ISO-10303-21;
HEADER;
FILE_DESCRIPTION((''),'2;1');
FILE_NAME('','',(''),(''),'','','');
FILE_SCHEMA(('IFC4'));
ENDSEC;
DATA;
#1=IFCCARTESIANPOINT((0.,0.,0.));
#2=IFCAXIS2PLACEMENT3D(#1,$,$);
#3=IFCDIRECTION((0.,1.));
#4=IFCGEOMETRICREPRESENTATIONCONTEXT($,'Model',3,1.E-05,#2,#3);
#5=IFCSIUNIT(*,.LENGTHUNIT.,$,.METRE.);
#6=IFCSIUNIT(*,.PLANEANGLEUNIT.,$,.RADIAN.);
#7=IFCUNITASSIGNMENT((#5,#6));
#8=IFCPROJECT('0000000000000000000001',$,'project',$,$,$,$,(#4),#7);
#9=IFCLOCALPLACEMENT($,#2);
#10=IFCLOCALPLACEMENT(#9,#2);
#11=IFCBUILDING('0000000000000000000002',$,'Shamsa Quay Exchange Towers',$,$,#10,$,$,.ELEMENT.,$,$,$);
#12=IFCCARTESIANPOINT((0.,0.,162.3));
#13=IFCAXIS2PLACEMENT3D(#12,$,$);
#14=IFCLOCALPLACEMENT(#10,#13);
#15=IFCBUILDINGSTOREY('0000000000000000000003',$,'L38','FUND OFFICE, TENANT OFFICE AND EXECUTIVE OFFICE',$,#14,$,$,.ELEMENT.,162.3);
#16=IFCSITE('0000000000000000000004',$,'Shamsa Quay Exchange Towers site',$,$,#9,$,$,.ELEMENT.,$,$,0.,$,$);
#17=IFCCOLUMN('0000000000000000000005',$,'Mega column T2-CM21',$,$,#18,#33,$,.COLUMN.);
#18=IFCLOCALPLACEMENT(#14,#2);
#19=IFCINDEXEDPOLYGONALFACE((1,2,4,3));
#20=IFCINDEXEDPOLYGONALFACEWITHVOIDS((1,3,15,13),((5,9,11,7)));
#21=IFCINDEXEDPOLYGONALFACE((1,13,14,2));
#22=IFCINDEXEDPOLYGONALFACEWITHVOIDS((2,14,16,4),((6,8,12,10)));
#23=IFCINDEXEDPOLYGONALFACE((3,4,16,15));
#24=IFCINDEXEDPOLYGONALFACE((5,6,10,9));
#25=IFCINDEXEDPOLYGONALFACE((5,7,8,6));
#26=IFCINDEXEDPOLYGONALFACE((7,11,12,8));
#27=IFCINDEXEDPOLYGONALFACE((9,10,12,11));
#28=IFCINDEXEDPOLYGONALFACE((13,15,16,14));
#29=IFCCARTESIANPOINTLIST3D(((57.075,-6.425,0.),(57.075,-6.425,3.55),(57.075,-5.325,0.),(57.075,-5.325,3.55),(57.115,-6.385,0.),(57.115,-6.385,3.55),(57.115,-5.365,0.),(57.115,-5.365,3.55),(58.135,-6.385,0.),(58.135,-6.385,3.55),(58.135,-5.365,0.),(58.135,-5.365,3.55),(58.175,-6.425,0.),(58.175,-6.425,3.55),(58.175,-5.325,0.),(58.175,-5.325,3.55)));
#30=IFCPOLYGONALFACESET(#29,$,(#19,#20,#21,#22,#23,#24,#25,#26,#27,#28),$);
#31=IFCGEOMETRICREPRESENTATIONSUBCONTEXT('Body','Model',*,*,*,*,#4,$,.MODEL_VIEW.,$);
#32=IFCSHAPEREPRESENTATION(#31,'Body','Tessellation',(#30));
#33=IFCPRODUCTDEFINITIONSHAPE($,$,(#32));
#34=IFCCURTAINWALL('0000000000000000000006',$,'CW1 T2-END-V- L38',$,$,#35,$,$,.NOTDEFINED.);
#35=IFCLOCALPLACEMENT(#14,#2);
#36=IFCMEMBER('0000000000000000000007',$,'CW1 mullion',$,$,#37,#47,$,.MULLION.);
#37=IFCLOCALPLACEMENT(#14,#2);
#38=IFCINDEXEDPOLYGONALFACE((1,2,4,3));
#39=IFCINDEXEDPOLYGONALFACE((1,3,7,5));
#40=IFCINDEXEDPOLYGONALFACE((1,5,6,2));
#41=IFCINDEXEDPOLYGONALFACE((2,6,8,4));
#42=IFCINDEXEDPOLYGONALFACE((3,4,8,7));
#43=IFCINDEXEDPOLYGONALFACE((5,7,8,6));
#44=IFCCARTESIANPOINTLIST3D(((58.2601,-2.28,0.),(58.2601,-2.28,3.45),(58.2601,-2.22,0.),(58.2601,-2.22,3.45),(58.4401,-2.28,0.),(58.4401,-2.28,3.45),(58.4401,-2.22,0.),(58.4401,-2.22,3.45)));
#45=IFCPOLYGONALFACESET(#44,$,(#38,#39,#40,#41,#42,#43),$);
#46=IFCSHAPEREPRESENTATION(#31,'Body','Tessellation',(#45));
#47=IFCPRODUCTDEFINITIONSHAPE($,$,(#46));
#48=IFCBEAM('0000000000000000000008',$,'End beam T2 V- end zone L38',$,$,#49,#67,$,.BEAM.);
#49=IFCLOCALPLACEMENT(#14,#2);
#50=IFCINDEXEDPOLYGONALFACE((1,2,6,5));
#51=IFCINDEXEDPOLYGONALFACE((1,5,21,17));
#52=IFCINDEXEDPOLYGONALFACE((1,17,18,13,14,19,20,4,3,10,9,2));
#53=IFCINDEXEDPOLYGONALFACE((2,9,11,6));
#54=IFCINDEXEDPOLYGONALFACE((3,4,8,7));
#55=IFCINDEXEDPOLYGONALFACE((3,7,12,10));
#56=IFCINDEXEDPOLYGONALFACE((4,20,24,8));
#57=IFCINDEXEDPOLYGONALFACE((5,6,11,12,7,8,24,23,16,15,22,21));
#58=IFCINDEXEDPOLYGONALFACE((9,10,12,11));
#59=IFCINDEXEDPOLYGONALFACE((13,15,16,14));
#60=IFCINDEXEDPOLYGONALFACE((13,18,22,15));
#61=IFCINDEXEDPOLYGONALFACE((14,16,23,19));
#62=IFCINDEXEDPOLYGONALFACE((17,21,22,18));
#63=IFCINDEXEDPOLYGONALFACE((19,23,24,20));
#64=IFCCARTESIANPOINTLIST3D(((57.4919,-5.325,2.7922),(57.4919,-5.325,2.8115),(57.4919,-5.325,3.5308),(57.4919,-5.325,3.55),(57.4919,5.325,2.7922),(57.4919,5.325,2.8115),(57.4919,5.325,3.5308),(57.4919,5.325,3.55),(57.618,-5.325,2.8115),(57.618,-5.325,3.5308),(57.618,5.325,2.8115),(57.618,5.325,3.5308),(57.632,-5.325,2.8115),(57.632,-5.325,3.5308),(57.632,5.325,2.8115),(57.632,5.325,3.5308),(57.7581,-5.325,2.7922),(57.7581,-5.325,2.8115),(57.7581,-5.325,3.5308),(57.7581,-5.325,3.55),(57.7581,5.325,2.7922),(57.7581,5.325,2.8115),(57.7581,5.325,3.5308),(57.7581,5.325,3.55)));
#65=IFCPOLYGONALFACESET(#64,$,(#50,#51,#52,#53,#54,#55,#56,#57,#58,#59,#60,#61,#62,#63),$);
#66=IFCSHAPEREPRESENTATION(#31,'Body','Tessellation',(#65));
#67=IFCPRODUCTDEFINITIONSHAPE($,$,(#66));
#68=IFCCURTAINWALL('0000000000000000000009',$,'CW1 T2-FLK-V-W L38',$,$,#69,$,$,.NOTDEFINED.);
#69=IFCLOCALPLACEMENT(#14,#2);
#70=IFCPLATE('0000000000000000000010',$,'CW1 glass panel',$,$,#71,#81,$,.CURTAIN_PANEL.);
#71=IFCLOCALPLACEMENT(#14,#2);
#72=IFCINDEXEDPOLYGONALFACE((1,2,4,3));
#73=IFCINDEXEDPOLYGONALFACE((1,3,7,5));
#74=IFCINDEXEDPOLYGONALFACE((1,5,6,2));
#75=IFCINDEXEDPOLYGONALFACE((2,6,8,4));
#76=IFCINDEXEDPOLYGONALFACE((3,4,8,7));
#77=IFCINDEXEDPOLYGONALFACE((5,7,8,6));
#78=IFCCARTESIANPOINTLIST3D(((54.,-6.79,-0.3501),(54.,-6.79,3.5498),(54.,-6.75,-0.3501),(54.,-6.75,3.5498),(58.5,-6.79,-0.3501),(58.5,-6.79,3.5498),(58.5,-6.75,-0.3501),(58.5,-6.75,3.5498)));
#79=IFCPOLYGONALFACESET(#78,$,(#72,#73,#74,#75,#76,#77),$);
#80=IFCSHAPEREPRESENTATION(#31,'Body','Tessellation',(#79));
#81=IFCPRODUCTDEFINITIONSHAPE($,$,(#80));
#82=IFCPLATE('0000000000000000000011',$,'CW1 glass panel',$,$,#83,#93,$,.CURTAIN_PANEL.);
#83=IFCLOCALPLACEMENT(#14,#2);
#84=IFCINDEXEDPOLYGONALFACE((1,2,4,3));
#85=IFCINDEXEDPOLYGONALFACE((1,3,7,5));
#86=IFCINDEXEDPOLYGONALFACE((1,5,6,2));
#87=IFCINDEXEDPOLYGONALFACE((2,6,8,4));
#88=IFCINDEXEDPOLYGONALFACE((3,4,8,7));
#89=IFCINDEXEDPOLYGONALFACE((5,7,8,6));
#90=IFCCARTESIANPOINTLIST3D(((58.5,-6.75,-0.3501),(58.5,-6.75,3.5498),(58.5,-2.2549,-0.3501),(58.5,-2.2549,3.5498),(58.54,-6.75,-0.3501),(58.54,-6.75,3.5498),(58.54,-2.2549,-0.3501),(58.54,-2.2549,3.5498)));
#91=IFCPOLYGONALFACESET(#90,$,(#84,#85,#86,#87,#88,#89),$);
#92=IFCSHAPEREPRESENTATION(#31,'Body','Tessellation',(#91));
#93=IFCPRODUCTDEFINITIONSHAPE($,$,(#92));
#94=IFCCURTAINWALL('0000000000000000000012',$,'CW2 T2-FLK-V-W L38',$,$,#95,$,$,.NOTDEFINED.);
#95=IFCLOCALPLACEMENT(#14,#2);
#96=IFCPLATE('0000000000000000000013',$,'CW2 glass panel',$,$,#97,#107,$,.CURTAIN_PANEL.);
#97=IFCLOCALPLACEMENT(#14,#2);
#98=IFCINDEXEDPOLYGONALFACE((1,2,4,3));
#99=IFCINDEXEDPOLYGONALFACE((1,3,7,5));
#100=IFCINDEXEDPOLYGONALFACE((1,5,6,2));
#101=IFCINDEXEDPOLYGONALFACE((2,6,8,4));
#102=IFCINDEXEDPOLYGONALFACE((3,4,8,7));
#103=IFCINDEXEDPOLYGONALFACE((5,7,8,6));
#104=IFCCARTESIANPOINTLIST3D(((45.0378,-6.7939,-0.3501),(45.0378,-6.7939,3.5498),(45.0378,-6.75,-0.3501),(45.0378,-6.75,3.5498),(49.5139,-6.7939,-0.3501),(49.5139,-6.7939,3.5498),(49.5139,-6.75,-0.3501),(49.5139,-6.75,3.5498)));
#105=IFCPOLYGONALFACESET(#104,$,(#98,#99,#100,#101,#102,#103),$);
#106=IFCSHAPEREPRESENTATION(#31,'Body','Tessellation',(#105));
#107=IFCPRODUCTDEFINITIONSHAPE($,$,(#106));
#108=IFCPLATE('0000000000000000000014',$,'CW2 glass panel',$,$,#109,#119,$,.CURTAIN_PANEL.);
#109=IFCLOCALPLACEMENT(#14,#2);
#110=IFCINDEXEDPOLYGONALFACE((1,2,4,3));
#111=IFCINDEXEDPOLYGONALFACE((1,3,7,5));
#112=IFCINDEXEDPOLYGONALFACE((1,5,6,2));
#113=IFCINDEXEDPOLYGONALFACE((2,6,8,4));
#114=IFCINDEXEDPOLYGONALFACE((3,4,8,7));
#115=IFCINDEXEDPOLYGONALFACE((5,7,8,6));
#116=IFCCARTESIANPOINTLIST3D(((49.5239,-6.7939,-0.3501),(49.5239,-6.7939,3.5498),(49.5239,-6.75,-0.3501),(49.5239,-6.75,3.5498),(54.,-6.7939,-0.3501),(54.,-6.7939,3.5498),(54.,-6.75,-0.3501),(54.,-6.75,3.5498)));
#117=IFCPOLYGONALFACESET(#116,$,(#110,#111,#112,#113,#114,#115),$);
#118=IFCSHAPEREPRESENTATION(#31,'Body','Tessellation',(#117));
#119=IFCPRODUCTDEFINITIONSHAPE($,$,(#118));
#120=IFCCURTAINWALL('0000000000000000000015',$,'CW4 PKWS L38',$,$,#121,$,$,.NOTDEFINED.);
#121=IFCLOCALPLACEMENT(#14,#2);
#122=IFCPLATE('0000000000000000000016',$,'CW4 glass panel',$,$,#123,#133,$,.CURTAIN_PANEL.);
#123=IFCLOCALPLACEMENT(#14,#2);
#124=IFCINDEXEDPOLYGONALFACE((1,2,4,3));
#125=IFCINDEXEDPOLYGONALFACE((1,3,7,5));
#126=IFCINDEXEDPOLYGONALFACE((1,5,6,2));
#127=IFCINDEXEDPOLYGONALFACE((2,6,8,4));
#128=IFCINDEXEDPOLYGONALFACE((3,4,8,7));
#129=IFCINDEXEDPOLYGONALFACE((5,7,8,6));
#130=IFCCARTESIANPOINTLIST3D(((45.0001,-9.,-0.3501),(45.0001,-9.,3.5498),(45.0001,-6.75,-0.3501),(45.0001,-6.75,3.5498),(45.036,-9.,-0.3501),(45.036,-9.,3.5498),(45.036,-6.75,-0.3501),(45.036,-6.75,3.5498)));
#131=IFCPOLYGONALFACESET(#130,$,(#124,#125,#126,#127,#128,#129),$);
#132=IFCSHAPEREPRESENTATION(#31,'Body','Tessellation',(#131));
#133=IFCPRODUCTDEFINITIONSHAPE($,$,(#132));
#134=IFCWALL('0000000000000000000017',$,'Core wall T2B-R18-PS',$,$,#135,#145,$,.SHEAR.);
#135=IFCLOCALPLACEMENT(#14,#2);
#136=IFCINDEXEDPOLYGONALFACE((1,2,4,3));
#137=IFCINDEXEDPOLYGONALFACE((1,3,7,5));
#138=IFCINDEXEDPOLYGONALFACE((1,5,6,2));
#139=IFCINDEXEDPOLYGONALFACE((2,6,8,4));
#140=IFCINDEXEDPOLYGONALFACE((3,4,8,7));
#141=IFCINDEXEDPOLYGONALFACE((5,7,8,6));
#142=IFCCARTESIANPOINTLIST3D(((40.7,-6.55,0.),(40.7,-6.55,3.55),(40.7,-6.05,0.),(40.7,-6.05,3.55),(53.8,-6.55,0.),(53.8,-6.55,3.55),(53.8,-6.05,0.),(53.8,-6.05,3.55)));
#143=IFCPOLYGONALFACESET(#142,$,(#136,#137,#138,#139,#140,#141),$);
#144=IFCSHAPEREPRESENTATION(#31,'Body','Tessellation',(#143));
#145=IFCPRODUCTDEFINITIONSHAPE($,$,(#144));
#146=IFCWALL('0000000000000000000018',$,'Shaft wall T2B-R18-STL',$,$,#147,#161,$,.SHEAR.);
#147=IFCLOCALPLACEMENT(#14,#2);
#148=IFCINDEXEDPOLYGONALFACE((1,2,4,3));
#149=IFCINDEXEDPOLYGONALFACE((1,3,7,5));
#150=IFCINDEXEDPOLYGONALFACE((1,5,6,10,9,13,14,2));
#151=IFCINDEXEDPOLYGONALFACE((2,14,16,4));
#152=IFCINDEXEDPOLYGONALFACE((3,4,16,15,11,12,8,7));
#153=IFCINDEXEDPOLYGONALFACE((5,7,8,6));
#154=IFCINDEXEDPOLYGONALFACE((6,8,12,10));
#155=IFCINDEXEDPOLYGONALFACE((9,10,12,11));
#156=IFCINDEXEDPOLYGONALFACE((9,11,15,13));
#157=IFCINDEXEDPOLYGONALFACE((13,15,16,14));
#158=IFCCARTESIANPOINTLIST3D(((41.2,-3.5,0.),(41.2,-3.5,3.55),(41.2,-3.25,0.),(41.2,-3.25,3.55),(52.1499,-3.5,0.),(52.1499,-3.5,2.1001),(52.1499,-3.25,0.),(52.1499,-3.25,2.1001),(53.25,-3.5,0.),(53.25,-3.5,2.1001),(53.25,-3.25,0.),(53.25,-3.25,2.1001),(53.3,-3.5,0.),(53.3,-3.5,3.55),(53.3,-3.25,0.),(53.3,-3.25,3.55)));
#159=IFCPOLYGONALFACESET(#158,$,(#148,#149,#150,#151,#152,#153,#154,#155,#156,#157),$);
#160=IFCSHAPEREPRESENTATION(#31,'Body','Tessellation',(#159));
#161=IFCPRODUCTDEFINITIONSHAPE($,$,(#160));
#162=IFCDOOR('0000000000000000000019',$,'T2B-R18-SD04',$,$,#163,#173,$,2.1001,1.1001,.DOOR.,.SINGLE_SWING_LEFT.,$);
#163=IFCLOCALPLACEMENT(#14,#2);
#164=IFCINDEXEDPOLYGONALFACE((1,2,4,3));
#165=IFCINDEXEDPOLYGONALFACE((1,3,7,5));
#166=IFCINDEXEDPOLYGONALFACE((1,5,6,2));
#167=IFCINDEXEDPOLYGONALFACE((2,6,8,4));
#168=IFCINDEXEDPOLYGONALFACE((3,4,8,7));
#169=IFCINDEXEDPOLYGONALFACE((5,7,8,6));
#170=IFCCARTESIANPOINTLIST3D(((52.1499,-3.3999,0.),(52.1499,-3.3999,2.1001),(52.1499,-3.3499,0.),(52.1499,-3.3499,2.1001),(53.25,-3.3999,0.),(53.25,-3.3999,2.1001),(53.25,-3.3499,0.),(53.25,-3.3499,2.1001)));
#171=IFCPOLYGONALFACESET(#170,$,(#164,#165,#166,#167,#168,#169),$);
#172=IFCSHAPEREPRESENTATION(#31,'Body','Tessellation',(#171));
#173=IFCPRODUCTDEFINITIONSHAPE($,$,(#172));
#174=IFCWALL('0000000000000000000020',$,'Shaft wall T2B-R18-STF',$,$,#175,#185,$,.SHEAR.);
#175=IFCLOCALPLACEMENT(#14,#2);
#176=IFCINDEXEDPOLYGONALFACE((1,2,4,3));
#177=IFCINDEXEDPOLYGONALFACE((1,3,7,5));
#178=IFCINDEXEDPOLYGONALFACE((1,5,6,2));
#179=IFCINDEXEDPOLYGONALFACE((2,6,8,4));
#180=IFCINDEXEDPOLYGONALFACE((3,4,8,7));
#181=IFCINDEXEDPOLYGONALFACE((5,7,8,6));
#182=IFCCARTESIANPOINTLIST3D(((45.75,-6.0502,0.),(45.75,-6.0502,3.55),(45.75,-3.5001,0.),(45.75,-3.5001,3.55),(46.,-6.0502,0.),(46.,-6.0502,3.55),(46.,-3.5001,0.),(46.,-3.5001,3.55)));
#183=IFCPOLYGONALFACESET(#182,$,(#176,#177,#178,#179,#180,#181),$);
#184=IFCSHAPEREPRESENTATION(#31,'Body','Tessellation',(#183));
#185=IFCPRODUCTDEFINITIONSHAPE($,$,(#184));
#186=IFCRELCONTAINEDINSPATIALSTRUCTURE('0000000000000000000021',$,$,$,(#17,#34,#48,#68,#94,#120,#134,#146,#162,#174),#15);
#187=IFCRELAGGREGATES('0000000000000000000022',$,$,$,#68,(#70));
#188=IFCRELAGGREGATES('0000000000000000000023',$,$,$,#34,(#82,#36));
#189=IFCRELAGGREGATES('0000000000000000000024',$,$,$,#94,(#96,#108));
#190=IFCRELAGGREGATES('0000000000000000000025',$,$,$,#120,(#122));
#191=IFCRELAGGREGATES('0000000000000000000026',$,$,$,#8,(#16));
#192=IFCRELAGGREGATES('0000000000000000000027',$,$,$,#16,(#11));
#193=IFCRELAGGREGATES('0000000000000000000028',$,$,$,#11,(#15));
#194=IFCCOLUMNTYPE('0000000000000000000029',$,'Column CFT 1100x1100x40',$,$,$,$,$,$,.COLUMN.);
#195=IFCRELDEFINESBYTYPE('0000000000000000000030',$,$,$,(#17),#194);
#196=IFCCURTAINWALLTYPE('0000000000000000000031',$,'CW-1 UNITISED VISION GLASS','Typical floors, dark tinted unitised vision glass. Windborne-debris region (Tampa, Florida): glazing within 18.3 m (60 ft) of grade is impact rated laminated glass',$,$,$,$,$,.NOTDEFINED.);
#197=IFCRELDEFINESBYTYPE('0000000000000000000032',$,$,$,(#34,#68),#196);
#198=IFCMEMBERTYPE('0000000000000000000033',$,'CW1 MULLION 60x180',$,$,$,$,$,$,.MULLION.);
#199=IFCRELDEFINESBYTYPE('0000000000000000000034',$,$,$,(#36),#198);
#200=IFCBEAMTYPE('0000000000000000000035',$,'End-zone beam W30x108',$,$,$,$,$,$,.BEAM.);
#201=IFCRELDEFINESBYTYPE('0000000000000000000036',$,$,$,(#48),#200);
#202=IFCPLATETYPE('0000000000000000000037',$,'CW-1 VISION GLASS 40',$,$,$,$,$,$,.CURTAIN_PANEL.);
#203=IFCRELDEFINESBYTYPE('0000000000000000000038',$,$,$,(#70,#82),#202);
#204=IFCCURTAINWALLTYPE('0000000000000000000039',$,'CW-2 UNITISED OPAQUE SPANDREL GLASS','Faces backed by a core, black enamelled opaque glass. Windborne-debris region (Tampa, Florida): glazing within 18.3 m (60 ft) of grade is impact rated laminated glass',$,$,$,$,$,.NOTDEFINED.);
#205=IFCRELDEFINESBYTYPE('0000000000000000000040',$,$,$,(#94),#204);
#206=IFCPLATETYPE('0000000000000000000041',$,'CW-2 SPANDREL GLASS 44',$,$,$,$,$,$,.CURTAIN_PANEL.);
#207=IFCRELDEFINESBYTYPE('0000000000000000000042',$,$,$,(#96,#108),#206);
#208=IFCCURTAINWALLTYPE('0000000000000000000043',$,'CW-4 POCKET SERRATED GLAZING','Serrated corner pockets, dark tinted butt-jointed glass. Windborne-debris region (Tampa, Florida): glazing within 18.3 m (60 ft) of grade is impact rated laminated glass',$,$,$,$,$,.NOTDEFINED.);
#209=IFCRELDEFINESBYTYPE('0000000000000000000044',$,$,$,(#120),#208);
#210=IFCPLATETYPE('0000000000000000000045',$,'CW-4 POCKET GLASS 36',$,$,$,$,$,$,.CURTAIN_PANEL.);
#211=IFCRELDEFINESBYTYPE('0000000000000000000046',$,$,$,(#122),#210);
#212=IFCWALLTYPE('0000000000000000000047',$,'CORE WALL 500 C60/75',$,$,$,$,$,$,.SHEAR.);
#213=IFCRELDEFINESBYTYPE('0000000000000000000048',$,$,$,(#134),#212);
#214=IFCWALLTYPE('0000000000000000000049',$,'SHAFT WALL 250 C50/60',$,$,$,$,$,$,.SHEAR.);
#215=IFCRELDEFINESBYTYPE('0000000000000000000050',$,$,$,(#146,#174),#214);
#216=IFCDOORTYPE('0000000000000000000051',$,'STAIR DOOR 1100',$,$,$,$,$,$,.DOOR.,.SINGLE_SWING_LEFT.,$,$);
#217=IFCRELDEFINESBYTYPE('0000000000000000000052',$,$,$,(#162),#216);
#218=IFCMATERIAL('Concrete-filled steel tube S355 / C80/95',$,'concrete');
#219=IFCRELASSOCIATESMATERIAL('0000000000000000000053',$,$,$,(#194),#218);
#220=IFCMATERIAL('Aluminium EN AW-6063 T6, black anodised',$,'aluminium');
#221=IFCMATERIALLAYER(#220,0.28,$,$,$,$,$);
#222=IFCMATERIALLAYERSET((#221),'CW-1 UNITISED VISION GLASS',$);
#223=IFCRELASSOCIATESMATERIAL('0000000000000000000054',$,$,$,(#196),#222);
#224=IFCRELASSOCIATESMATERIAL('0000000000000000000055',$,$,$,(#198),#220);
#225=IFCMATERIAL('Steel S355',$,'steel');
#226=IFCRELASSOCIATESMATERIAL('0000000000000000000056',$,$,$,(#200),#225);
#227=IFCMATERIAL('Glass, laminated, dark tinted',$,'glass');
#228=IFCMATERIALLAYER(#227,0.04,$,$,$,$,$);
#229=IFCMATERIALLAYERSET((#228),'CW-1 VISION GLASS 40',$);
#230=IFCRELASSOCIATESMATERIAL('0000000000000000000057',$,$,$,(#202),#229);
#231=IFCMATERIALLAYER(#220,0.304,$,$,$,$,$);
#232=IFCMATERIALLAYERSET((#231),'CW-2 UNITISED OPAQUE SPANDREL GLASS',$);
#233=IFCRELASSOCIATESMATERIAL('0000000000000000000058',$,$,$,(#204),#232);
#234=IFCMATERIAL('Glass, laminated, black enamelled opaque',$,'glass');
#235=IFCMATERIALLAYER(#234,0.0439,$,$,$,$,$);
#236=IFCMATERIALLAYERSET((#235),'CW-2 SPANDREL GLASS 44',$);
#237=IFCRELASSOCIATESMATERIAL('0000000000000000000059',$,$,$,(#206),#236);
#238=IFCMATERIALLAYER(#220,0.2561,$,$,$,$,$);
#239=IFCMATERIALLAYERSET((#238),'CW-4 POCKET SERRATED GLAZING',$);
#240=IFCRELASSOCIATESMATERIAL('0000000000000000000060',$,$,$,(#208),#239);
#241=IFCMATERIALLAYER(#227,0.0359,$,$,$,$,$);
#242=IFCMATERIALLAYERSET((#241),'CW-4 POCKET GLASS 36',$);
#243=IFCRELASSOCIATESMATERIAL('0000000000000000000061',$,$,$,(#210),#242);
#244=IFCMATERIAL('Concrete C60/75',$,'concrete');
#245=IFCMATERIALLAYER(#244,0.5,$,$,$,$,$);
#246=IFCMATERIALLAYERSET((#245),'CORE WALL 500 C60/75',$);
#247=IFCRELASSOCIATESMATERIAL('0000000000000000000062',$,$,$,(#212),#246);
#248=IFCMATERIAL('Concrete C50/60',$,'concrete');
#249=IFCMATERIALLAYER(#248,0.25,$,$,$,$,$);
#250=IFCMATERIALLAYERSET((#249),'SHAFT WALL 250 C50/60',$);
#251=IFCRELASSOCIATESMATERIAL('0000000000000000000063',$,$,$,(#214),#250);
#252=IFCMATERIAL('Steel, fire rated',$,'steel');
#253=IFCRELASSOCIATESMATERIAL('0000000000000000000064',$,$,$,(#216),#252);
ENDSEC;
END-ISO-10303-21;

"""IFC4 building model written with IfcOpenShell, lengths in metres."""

from ifc_helpers import new_model, si_unit, direction, frame, frame_2d, origin, origin_2d, place, context, subcontext, project, spatial, rectangle, hollow_rectangle, i_section, extrude, material, layer, layer_set, material_profile, profile_set, type_object, element, fill, aggregate, save


model = new_model("IFC4")

# Units and contexts
model_context = context("Model", 3, precision=1e-05, world=origin(), true_north=direction((0.0, 1.0)))
body_context = subcontext(model_context, "Body", "Model", "MODEL_VIEW")
ifc_project = project(units=[si_unit("LENGTHUNIT", "METRE"), si_unit("PLANEANGLEUNIT", "RADIAN")], contexts=[model_context])

# Site, building, storey
site_placement = place(None, origin())
site = spatial("IfcSite", under=ifc_project, at=site_placement, Name="Shamsa Quay Exchange Towers site", CompositionType="ELEMENT", RefElevation=0.0)
building_placement = place(site_placement, origin())
building = spatial("IfcBuilding", under=site, at=building_placement, Name="Shamsa Quay Exchange Towers", CompositionType="ELEMENT")
storey_placement = place(building_placement, frame((0.0, 0.0, 162.3)))
storey = spatial("IfcBuildingStorey", under=building, at=storey_placement, Name="L38", Description="FUND OFFICE, TENANT OFFICE AND EXECUTIVE OFFICE", CompositionType="ELEMENT", Elevation=162.3)

# Column
ifc_material_1 = material(Name="Concrete-filled steel tube S355 / C80/95", Category="concrete")
ifc_material_profile_1 = material_profile(ifc_material_1, hollow_rectangle(XDim=1.1001, YDim=1.1001, WallThickness=0.04, at=origin_2d()), Name="CFT 1100x1100x40")
ifc_profile_set_1 = profile_set([ifc_material_profile_1], Name="Concrete-filled steel tube S355 / C80/95")
column_type = type_object("IfcColumnType", Name="Column CFT 1100x1100x40", PredefinedType="COLUMN", material=ifc_profile_set_1)
column_placement = place(storey_placement, frame((57.625, -5.875, 0.0)))
element("IfcColumn", 1, at=column_placement, inside=storey, type_object=column_type, Name="Mega column T2-CM21", PredefinedType="COLUMN", context=body_context, shape_type="SweptSolid", body=[
    extrude(hollow_rectangle(XDim=1.1001, YDim=1.1001, WallThickness=0.04, at=origin_2d()), origin(), (0.0, 0.0, 1.0), 3.55),
])

# Curtain wall, member
ifc_material_2 = material(Name="Aluminium EN AW-6063 T6, black anodised", Category="aluminium")
ifc_layer_1 = layer(ifc_material_2, 0.28)
ifc_layer_set_1 = layer_set([ifc_layer_1], Name="CW-1 UNITISED VISION GLASS")
curtain_wall_type_1 = type_object("IfcCurtainWallType", Name="CW-1 UNITISED VISION GLASS", Description="Typical floors, dark tinted unitised vision glass. Windborne-debris region (Tampa, Florida): glazing within 18.3 m (60 ft) of grade is impact rated laminated glass", PredefinedType="NOTDEFINED", material=ifc_layer_set_1)
curtain_wall_1_placement = place(storey_placement, origin())
curtain_wall_1 = element("IfcCurtainWall", 2, at=curtain_wall_1_placement, inside=storey, type_object=curtain_wall_type_1, Name="CW1 T2-END-V- L38", PredefinedType="NOTDEFINED")
ifc_material_profile_2 = material_profile(ifc_material_2, rectangle(XDim=0.1799, YDim=0.0601, at=origin_2d()), Name="MU60x180")
ifc_profile_set_2 = profile_set([ifc_material_profile_2], Name="Aluminium EN AW-6063 T6, black anodised")
member_type = type_object("IfcMemberType", Name="CW1 MULLION 60x180", PredefinedType="MULLION", material=ifc_profile_set_2)
member_placement = place(storey_placement, frame((58.3501, -2.25, 0.0), z_axis=(0.0, 0.0, 1.0), x_axis=(-1.0, 0.0, 0.0)))
member = element("IfcMember", 3, at=member_placement, type_object=member_type, Name="CW1 mullion", PredefinedType="MULLION", context=body_context, shape_type="SweptSolid", body=[
    extrude(rectangle(XDim=0.1799, YDim=0.0601, at=origin_2d()), origin(), (0.0, 0.0, 1.0), 3.45),
])

# Beam
ifc_material_3 = material(Name="Steel S355", Category="steel")
ifc_material_profile_3 = material_profile(ifc_material_3, i_section(OverallWidth=0.2661, OverallDepth=0.7578, WebThickness=0.0139, FlangeThickness=0.0193, at=origin_2d()), Name="W30x108")
ifc_profile_set_3 = profile_set([ifc_material_profile_3], Name="Steel S355")
beam_type = type_object("IfcBeamType", Name="End-zone beam W30x108", PredefinedType="BEAM", material=ifc_profile_set_3)
beam_placement = place(storey_placement, frame((57.625, -5.325, 3.1711), z_axis=(0.0, 1.0, 0.0), x_axis=(-1.0, 0.0, 0.0)))
element("IfcBeam", 4, at=beam_placement, inside=storey, type_object=beam_type, Name="End beam T2 V- end zone L38", PredefinedType="BEAM", context=body_context, shape_type="SweptSolid", body=[
    extrude(i_section(OverallWidth=0.2661, OverallDepth=0.7578, WebThickness=0.0139, FlangeThickness=0.0193, at=origin_2d()), origin(), (0.0, 0.0, 1.0), 10.6499),
])

# Curtain wall, plate
curtain_wall_2_placement = place(storey_placement, origin())
curtain_wall_2 = element("IfcCurtainWall", 5, at=curtain_wall_2_placement, inside=storey, type_object=curtain_wall_type_1, Name="CW1 T2-FLK-V-W L38", PredefinedType="NOTDEFINED")
ifc_material_4 = material(Name="Glass, laminated, dark tinted", Category="glass")
ifc_layer_2 = layer(ifc_material_4, 0.04)
ifc_layer_set_2 = layer_set([ifc_layer_2], Name="CW-1 VISION GLASS 40")
plate_type_1 = type_object("IfcPlateType", Name="CW-1 VISION GLASS 40", PredefinedType="CURTAIN_PANEL", material=ifc_layer_set_2)
plate_1_placement = place(storey_placement, frame((56.25, -6.77, -0.3501)))
plate_1 = element("IfcPlate", 6, at=plate_1_placement, type_object=plate_type_1, Name="CW1 glass panel", PredefinedType="CURTAIN_PANEL", context=body_context, shape_type="SweptSolid", body=[
    extrude(rectangle(XDim=4.5, YDim=0.04, at=origin_2d()), origin(), (0.0, 0.0, 1.0), 3.8999),
])
aggregate(curtain_wall_2, [plate_1])

# Plate
plate_2_placement = place(storey_placement, frame((58.52, -4.5024, -0.3501), z_axis=(0.0, 0.0, 1.0), x_axis=(0.0, 1.0, 0.0)))
plate_2 = element("IfcPlate", 7, at=plate_2_placement, type_object=plate_type_1, Name="CW1 glass panel", PredefinedType="CURTAIN_PANEL", context=body_context, shape_type="SweptSolid", body=[
    extrude(rectangle(XDim=4.4951, YDim=0.04, at=origin_2d()), origin(), (0.0, 0.0, 1.0), 3.8999),
])
aggregate(curtain_wall_1, [plate_2, member])

# Curtain wall, plates
ifc_layer_3 = layer(ifc_material_2, 0.304)
ifc_layer_set_3 = layer_set([ifc_layer_3], Name="CW-2 UNITISED OPAQUE SPANDREL GLASS")
curtain_wall_type_2 = type_object("IfcCurtainWallType", Name="CW-2 UNITISED OPAQUE SPANDREL GLASS", Description="Faces backed by a core, black enamelled opaque glass. Windborne-debris region (Tampa, Florida): glazing within 18.3 m (60 ft) of grade is impact rated laminated glass", PredefinedType="NOTDEFINED", material=ifc_layer_set_3)
curtain_wall_3_placement = place(storey_placement, origin())
curtain_wall_3 = element("IfcCurtainWall", 8, at=curtain_wall_3_placement, inside=storey, type_object=curtain_wall_type_2, Name="CW2 T2-FLK-V-W L38", PredefinedType="NOTDEFINED")
ifc_material_5 = material(Name="Glass, laminated, black enamelled opaque", Category="glass")
ifc_layer_4 = layer(ifc_material_5, 0.0439)
ifc_layer_set_4 = layer_set([ifc_layer_4], Name="CW-2 SPANDREL GLASS 44")
plate_type_2 = type_object("IfcPlateType", Name="CW-2 SPANDREL GLASS 44", PredefinedType="CURTAIN_PANEL", material=ifc_layer_set_4)
plate_3_placement = place(storey_placement, frame((47.2759, -6.772, -0.3501)))
plate_3 = element("IfcPlate", 9, at=plate_3_placement, type_object=plate_type_2, Name="CW2 glass panel", PredefinedType="CURTAIN_PANEL", context=body_context, shape_type="SweptSolid", body=[
    extrude(rectangle(XDim=4.4761, YDim=0.0439, at=origin_2d()), origin(), (0.0, 0.0, 1.0), 3.8999),
])
plate_4_placement = place(storey_placement, frame((51.762, -6.772, -0.3501)))
plate_4 = element("IfcPlate", 10, at=plate_4_placement, type_object=plate_type_2, Name="CW2 glass panel", PredefinedType="CURTAIN_PANEL", context=body_context, shape_type="SweptSolid", body=[
    extrude(rectangle(XDim=4.4761, YDim=0.0439, at=origin_2d()), origin(), (0.0, 0.0, 1.0), 3.8999),
])
aggregate(curtain_wall_3, [plate_3, plate_4])

# Curtain wall, plate
ifc_layer_5 = layer(ifc_material_2, 0.2561)
ifc_layer_set_5 = layer_set([ifc_layer_5], Name="CW-4 POCKET SERRATED GLAZING")
curtain_wall_type_3 = type_object("IfcCurtainWallType", Name="CW-4 POCKET SERRATED GLAZING", Description="Serrated corner pockets, dark tinted butt-jointed glass. Windborne-debris region (Tampa, Florida): glazing within 18.3 m (60 ft) of grade is impact rated laminated glass", PredefinedType="NOTDEFINED", material=ifc_layer_set_5)
curtain_wall_4_placement = place(storey_placement, origin())
curtain_wall_4 = element("IfcCurtainWall", 11, at=curtain_wall_4_placement, inside=storey, type_object=curtain_wall_type_3, Name="CW4 PKWS L38", PredefinedType="NOTDEFINED")
ifc_layer_6 = layer(ifc_material_4, 0.0359)
ifc_layer_set_6 = layer_set([ifc_layer_6], Name="CW-4 POCKET GLASS 36")
plate_type_3 = type_object("IfcPlateType", Name="CW-4 POCKET GLASS 36", PredefinedType="CURTAIN_PANEL", material=ifc_layer_set_6)
plate_5_placement = place(storey_placement, frame((45.0181, -7.875, -0.3501), z_axis=(0.0, 0.0, 1.0), x_axis=(0.0, 1.0, 0.0)))
plate_5 = element("IfcPlate", 12, at=plate_5_placement, type_object=plate_type_3, Name="CW4 glass panel", PredefinedType="CURTAIN_PANEL", context=body_context, shape_type="SweptSolid", body=[
    extrude(rectangle(XDim=2.25, YDim=0.0359, at=origin_2d()), origin(), (0.0, 0.0, 1.0), 3.8999),
])
aggregate(curtain_wall_4, [plate_5])

# Wall
ifc_material_6 = material(Name="Concrete C60/75", Category="concrete")
ifc_layer_7 = layer(ifc_material_6, 0.5)
ifc_layer_set_7 = layer_set([ifc_layer_7], Name="CORE WALL 500 C60/75")
wall_type_1 = type_object("IfcWallType", Name="CORE WALL 500 C60/75", PredefinedType="SHEAR", material=ifc_layer_set_7)
wall_1_placement = place(storey_placement, frame((53.8, -6.3, 0.0), z_axis=(0.0, 0.0, 1.0), x_axis=(-1.0, 0.0, 0.0)))
element("IfcWall", 13, at=wall_1_placement, inside=storey, type_object=wall_type_1, Name="Core wall T2B-R18-PS", PredefinedType="SHEAR", context=body_context, shape_type="SweptSolid", body=[
    extrude(rectangle(XDim=13.1001, YDim=0.5, at=frame_2d((6.55, 0.0))), origin(), (0.0, 0.0, 1.0), 3.55),
])

# Wall, opening, door
ifc_material_7 = material(Name="Steel, fire rated", Category="steel")
ifc_material_8 = material(Name="Concrete C50/60", Category="concrete")
ifc_layer_8 = layer(ifc_material_8, 0.25)
ifc_layer_set_8 = layer_set([ifc_layer_8], Name="SHAFT WALL 250 C50/60")
wall_type_2 = type_object("IfcWallType", Name="SHAFT WALL 250 C50/60", PredefinedType="SHEAR", material=ifc_layer_set_8)
wall_2_placement = place(storey_placement, frame((53.3, -3.375, 0.0), z_axis=(0.0, 0.0, 1.0), x_axis=(-1.0, 0.0, 0.0)))
wall_2 = element("IfcWall", 14, at=wall_2_placement, inside=storey, type_object=wall_type_2, Name="Shaft wall T2B-R18-STL", PredefinedType="SHEAR", context=body_context, shape_type="SweptSolid", body=[
    extrude(rectangle(XDim=12.1001, YDim=0.25, at=frame_2d((6.05, 0.0))), origin(), (0.0, 0.0, 1.0), 3.55),
])
opening_1_placement = place(wall_2_placement, frame((0.05, 0.0, 0.0)))
opening_1 = element("IfcOpeningElement", 15, at=opening_1_placement, cuts=wall_2, PredefinedType="OPENING", context=body_context, shape_type="SweptSolid", body=[
    extrude(rectangle(XDim=1.1001, YDim=2.1001, at=frame_2d((0.55, 1.05))), frame((0.0, 0.135, 0.0), z_axis=(0.0, -1.0, 0.0), x_axis=(1.0, 0.0, 0.0)), (0.0, 0.0, 1.0), 0.27),
])
door_type_1 = type_object("IfcDoorType", Name="STAIR DOOR 1100", OperationType="SINGLE_SWING_LEFT", PredefinedType="DOOR", material=ifc_material_7)
door_1_placement = place(opening_1_placement, origin())
door_1 = element("IfcDoor", 16, at=door_1_placement, inside=storey, type_object=door_type_1, Name="T2B-R18-SD04", OperationType="SINGLE_SWING_LEFT", OverallHeight=2.1001, OverallWidth=1.1001, PredefinedType="DOOR", context=body_context, shape_type="SweptSolid", body=[
    extrude(rectangle(XDim=1.1001, YDim=2.1001, at=frame_2d((0.55, 1.05))), frame((0.0, 0.0249, 0.0), z_axis=(0.0, -1.0, 0.0), x_axis=(1.0, 0.0, 0.0)), (0.0, 0.0, 1.0), 0.05),
])
fill(opening_1, door_1)

# Wall
wall_3_placement = place(storey_placement, frame((45.875, -6.05, 0.0), z_axis=(0.0, 0.0, 1.0), x_axis=(0.0, 1.0, 0.0)))
element("IfcWall", 17, at=wall_3_placement, inside=storey, type_object=wall_type_2, Name="Shaft wall T2B-R18-STF", PredefinedType="SHEAR", context=body_context, shape_type="SweptSolid", body=[
    extrude(rectangle(XDim=2.55, YDim=0.25, at=frame_2d((1.2749, 0.0))), origin(), (0.0, 0.0, 1.0), 3.55),
])

save(model, "model.ifc")
